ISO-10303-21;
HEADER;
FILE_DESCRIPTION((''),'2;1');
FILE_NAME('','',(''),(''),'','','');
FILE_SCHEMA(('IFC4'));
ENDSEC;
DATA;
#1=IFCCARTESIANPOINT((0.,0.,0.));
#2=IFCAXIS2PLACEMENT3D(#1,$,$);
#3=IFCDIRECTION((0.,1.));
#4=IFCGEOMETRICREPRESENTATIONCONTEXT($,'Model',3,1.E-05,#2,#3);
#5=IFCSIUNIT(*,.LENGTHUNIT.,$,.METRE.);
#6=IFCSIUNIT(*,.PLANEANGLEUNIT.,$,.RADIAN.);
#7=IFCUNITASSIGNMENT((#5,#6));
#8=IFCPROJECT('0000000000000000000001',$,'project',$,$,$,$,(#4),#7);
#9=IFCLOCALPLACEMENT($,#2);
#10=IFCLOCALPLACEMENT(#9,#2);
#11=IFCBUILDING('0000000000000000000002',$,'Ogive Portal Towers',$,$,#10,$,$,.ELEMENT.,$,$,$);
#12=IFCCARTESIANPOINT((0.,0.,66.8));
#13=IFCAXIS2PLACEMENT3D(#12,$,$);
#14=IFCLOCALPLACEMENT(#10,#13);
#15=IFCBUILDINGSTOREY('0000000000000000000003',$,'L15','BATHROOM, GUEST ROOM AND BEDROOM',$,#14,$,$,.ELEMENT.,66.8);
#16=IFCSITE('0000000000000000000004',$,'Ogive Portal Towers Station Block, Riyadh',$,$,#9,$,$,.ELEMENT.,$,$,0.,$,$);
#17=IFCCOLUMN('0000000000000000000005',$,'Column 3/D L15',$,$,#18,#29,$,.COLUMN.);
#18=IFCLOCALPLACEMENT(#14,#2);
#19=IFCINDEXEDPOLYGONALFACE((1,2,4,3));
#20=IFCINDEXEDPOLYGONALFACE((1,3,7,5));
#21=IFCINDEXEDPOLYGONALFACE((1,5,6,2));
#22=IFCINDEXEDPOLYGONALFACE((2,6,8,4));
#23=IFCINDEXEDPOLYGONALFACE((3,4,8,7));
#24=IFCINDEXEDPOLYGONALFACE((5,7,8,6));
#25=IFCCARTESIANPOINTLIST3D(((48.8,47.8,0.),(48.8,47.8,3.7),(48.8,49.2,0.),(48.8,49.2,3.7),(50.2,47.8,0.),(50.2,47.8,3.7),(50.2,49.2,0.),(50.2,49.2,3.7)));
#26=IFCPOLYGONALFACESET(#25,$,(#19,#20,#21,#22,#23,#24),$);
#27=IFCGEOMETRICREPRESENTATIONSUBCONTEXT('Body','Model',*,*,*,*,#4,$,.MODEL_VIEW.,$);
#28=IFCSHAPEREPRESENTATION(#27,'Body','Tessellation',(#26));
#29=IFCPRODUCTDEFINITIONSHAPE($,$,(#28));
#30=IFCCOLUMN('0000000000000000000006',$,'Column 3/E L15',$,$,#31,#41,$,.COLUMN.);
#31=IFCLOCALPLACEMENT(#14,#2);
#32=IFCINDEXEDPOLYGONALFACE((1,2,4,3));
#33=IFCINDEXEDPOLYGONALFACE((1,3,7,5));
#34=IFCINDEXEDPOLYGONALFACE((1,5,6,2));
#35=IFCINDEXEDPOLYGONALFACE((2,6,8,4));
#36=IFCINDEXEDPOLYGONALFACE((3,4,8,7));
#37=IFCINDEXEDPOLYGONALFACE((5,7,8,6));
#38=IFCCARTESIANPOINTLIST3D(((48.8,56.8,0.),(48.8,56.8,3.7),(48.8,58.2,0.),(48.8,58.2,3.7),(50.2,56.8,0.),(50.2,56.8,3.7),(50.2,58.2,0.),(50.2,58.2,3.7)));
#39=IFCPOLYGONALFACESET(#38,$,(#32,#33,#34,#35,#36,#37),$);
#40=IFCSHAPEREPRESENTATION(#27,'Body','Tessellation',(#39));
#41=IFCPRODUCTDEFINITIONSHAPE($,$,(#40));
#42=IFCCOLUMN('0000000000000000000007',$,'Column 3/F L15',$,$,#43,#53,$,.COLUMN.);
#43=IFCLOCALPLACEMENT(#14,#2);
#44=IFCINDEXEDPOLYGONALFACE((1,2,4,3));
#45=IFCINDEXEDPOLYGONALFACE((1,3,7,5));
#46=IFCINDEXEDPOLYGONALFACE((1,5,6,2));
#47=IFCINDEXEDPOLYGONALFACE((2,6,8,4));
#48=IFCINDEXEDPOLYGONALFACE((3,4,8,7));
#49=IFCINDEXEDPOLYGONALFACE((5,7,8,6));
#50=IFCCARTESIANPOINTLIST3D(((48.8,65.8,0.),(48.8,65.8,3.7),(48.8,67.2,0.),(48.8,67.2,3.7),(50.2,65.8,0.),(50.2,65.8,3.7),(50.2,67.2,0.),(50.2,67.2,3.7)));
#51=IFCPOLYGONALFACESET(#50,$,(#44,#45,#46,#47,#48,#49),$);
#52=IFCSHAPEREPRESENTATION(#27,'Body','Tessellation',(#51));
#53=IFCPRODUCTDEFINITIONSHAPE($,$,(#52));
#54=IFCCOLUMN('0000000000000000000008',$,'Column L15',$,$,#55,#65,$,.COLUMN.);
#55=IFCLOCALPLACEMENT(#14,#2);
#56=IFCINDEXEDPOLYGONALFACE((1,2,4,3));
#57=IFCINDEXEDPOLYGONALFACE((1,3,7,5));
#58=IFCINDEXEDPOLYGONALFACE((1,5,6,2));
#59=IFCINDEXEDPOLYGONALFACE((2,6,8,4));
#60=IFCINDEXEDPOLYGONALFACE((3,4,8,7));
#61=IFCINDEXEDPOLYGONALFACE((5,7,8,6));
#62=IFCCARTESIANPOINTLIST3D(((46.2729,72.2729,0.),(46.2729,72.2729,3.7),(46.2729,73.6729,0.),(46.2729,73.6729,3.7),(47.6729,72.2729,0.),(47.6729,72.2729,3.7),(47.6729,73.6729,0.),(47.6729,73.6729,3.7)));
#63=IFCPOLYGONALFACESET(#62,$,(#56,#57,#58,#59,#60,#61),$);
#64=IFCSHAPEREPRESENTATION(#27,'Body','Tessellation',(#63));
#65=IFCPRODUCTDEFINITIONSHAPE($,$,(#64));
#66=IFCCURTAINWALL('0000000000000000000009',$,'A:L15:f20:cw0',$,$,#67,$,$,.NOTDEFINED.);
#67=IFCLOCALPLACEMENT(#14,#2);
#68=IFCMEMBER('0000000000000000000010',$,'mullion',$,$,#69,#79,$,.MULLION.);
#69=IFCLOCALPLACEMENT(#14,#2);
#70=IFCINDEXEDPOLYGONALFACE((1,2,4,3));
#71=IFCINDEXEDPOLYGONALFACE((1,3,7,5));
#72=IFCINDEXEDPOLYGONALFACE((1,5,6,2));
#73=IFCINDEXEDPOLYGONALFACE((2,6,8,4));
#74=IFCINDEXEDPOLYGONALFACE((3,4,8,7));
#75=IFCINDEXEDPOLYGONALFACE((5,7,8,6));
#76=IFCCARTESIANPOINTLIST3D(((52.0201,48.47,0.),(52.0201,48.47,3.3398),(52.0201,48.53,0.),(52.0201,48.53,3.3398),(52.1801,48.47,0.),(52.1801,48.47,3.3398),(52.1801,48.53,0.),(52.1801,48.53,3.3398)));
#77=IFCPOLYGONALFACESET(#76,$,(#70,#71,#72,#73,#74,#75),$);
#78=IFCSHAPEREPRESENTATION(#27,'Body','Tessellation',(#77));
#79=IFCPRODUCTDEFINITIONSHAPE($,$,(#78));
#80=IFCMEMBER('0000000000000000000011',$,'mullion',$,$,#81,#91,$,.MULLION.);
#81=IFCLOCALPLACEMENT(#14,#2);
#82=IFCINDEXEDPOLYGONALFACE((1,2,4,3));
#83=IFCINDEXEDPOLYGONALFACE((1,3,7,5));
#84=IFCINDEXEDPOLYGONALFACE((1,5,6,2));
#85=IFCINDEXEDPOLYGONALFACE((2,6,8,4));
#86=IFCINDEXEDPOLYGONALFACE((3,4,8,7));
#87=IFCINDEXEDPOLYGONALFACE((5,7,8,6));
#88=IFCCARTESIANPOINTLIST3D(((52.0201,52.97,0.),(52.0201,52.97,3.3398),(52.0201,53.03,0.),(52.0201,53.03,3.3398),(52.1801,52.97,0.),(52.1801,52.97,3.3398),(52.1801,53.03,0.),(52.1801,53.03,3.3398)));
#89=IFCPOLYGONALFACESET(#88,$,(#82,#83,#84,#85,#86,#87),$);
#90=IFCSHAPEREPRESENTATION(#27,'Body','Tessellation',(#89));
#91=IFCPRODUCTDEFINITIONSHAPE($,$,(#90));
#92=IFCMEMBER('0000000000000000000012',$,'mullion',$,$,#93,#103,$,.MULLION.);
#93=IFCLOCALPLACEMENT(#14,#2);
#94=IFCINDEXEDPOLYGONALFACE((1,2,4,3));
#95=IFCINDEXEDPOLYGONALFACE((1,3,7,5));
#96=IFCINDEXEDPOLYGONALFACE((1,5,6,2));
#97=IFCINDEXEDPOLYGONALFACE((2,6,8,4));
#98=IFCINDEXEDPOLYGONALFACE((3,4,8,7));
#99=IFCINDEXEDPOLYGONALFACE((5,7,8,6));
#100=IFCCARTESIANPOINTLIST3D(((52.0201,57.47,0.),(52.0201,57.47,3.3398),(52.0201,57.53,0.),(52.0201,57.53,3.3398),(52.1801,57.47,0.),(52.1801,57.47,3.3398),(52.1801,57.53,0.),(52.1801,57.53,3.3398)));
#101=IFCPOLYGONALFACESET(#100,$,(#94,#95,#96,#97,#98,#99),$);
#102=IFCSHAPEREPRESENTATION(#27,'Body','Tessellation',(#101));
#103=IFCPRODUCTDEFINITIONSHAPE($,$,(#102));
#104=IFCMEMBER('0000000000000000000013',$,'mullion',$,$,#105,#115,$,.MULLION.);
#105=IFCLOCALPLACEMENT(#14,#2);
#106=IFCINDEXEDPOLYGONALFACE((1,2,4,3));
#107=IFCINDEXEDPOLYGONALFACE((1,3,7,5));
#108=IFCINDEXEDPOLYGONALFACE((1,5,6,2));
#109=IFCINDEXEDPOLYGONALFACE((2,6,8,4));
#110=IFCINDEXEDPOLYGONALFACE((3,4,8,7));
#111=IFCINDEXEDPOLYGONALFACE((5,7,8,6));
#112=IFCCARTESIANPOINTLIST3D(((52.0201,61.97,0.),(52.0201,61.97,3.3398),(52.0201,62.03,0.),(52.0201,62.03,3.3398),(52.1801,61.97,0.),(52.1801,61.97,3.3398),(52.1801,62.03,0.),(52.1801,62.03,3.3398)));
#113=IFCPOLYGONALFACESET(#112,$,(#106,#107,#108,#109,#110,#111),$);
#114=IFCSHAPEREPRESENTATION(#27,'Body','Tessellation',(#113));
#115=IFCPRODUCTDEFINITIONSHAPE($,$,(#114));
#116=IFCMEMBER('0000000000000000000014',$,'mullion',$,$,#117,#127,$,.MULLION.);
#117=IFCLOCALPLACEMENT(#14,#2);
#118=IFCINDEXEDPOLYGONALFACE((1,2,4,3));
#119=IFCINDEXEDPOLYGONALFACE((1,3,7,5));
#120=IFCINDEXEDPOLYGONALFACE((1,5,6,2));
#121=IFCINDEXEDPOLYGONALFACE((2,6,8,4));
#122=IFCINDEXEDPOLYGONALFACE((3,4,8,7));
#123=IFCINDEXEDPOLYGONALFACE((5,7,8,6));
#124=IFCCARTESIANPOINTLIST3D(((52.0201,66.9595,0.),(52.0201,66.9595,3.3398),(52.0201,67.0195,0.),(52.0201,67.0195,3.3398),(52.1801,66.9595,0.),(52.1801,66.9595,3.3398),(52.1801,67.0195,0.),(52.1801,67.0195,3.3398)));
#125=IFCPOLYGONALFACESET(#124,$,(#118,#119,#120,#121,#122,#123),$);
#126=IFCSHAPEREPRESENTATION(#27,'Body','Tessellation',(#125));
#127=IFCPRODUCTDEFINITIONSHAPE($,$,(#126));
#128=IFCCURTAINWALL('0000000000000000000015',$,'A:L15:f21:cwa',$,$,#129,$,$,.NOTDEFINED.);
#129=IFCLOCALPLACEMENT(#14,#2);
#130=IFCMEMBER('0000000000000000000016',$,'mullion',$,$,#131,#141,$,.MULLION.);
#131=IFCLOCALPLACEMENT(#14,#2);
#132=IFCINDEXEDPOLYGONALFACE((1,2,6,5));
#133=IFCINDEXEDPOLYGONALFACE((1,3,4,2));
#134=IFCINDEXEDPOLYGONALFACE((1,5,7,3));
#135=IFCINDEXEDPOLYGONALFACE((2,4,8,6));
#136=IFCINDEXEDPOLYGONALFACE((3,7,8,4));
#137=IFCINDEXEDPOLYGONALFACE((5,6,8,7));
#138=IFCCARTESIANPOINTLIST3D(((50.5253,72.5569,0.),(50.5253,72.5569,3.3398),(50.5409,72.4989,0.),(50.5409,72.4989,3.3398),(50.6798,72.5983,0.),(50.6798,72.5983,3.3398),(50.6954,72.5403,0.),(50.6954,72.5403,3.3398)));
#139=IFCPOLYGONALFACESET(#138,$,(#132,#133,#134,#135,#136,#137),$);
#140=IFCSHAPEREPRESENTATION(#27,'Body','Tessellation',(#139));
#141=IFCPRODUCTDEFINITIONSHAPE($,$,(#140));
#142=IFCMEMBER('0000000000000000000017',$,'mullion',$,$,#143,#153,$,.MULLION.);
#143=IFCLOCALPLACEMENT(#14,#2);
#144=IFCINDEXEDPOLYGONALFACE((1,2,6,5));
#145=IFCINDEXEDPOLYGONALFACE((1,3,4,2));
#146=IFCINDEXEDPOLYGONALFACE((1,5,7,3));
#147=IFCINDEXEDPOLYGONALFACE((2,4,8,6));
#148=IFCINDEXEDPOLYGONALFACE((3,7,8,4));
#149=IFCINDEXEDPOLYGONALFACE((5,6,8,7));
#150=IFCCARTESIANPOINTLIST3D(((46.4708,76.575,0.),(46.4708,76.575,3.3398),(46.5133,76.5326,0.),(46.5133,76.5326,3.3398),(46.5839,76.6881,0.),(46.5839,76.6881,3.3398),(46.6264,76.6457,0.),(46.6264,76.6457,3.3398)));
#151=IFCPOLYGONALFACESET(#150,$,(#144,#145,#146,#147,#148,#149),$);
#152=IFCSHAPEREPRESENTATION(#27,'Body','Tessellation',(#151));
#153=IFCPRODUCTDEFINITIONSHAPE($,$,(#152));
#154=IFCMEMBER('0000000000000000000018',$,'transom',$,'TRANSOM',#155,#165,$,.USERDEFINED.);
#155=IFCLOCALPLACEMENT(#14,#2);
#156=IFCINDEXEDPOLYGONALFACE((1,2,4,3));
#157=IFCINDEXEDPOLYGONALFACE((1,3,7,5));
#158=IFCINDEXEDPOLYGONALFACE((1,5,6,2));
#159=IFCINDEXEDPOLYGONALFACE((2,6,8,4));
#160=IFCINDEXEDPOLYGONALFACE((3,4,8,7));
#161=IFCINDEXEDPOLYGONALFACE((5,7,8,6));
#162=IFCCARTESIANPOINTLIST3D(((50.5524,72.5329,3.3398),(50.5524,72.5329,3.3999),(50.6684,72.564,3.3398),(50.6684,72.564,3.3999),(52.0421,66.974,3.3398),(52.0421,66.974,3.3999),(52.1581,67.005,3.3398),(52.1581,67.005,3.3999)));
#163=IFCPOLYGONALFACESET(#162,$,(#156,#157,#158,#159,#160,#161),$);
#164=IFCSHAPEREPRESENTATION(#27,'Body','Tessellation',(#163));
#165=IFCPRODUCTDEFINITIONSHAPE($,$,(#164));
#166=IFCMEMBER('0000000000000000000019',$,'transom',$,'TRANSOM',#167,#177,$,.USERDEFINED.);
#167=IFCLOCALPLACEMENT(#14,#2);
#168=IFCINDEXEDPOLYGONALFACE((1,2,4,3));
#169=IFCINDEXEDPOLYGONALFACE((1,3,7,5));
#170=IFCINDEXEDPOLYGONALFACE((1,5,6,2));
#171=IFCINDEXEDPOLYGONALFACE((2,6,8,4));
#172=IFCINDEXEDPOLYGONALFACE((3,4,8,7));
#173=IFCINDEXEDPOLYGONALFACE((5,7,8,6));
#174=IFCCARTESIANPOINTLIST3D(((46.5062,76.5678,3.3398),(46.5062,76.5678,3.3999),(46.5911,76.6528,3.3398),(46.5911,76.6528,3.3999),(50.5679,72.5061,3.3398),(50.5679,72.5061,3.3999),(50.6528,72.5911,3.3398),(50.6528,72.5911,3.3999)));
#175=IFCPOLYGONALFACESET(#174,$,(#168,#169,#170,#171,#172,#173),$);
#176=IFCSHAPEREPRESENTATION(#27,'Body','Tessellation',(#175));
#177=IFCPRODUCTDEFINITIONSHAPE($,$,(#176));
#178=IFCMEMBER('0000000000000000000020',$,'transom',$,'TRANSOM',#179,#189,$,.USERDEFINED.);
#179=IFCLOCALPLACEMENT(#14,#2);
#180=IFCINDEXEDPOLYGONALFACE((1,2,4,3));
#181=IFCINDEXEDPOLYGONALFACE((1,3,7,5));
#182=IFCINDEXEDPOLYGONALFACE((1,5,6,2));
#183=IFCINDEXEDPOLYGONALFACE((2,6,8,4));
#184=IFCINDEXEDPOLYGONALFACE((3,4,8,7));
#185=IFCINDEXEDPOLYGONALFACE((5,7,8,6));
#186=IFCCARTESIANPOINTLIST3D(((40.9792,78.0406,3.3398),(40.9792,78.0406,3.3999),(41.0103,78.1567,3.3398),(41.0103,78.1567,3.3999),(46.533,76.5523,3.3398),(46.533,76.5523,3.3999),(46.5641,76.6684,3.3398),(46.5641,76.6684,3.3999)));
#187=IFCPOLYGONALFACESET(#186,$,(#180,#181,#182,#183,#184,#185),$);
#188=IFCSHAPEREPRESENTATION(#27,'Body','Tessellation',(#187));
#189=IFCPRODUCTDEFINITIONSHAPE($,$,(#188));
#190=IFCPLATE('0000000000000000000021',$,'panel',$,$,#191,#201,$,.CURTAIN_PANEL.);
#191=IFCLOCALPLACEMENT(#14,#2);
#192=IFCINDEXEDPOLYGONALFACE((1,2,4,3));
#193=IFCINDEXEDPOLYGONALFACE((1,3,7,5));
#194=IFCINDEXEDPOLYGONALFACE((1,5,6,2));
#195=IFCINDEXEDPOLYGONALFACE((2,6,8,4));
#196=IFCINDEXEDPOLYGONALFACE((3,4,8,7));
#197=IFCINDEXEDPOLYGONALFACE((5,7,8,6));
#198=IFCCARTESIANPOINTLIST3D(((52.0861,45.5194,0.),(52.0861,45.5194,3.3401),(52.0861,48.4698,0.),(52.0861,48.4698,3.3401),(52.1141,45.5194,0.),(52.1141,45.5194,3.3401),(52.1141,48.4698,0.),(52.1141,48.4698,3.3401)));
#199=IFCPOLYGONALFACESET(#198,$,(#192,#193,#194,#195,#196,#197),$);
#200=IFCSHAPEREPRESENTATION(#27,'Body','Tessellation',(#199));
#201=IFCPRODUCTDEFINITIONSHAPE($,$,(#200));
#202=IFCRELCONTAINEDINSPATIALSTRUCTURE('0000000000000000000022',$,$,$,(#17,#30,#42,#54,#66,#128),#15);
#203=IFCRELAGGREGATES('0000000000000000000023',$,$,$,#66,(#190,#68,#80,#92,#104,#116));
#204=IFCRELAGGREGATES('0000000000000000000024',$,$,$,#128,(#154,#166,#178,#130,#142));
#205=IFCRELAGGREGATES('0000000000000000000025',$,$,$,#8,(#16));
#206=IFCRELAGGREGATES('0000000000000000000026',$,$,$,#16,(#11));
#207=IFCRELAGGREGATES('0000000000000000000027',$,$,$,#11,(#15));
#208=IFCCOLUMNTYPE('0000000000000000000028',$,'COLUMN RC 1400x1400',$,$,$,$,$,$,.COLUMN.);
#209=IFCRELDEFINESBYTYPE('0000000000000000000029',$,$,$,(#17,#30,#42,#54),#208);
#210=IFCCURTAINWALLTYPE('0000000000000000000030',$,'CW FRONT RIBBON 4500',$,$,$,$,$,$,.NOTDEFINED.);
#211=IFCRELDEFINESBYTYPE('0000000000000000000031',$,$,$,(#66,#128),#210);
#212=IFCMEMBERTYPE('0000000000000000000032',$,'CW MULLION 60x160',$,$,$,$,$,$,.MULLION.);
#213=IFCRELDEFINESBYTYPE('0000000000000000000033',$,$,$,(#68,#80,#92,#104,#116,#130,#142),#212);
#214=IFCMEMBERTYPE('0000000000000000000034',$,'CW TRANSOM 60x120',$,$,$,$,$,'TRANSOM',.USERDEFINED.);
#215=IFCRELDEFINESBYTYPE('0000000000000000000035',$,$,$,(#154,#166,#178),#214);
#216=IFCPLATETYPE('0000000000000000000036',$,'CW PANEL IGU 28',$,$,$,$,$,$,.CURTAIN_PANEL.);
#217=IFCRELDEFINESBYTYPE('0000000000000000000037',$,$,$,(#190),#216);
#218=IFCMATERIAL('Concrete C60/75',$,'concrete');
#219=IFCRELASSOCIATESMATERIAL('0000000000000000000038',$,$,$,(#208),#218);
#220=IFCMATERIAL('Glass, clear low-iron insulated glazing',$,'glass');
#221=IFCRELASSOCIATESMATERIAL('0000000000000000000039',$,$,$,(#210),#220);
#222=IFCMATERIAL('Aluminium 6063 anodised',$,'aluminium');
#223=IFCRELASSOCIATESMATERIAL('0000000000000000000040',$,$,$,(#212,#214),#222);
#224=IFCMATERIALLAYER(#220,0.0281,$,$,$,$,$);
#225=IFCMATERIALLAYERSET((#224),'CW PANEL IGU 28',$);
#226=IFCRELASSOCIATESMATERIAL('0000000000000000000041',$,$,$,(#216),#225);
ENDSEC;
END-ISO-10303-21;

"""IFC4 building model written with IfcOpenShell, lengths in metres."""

from ifc_helpers import new_model, si_unit, direction, frame, origin, origin_2d, place, context, subcontext, project, spatial, rectangle, extrude, material, layer, layer_set, material_profile, profile_set, type_object, element, aggregate, save


model = new_model("IFC4")

# Units and contexts
model_context = context("Model", 3, precision=1e-05, world=origin(), true_north=direction((0.0, 1.0)))
body_context = subcontext(model_context, "Body", "Model", "MODEL_VIEW")
ifc_project = project(units=[si_unit("LENGTHUNIT", "METRE"), si_unit("PLANEANGLEUNIT", "RADIAN")], contexts=[model_context])

# Site, building, storey
site_placement = place(None, origin())
site = spatial("IfcSite", under=ifc_project, at=site_placement, Name="Ogive Portal Towers Station Block, Riyadh", CompositionType="ELEMENT", RefElevation=0.0)
building_placement = place(site_placement, origin())
building = spatial("IfcBuilding", under=site, at=building_placement, Name="Ogive Portal Towers", CompositionType="ELEMENT")
storey_placement = place(building_placement, frame((0.0, 0.0, 66.8)))
storey = spatial("IfcBuildingStorey", under=building, at=storey_placement, Name="L15", Description="BATHROOM, GUEST ROOM AND BEDROOM", CompositionType="ELEMENT", Elevation=66.8)

# Columns
ifc_material_1 = material(Name="Concrete C60/75", Category="concrete")
ifc_material_profile_1 = material_profile(ifc_material_1, rectangle(XDim=1.3999, YDim=1.3999, at=origin_2d()), Name="RC 1400x1400")
ifc_profile_set_1 = profile_set([ifc_material_profile_1], Name="Concrete C60/75")
column_type = type_object("IfcColumnType", Name="COLUMN RC 1400x1400", PredefinedType="COLUMN", material=ifc_profile_set_1)
for number, where, z_axis, x_axis, name in (
    (1, (49.5, 48.5, 0.0), (0.0, 0.0, 1.0), (1.0, 0.0, 0.0), "Column 3/D L15"),
    (2, (49.5, 57.5, 0.0), (0.0, 0.0, 1.0), (1.0, 0.0, 0.0), "Column 3/E L15"),
    (3, (49.5, 66.5, 0.0), (0.0, 0.0, 1.0), (1.0, 0.0, 0.0), "Column 3/F L15"),
    (4, (46.9729, 72.9729, 0.0), (0.0, 0.0, 1.0), (1.0, 0.0, 0.0), "Column L15"),
):
    element("IfcColumn", number, at=place(storey_placement, frame(where, z_axis=z_axis, x_axis=x_axis)), inside=storey, type_object=column_type, Name=name, PredefinedType="COLUMN", context=body_context, shape_type="SweptSolid", body=[
        extrude(rectangle(XDim=1.3999, YDim=1.3999, at=origin_2d()), origin(), (0.0, 0.0, 1.0), 3.7),
    ])

# Curtain walls, members
ifc_material_2 = material(Name="Glass, clear low-iron insulated glazing", Category="glass")
curtain_wall_type = type_object("IfcCurtainWallType", Name="CW FRONT RIBBON 4500", PredefinedType="NOTDEFINED", material=ifc_material_2)
curtain_wall_1_placement = place(storey_placement, origin())
curtain_wall_1 = element("IfcCurtainWall", 5, at=curtain_wall_1_placement, inside=storey, type_object=curtain_wall_type, Name="A:L15:f20:cw0", PredefinedType="NOTDEFINED")
ifc_material_3 = material(Name="Aluminium 6063 anodised", Category="aluminium")
ifc_material_profile_2 = material_profile(ifc_material_3, rectangle(XDim=0.1599, YDim=0.0601, at=origin_2d()), Name="AL 60x160")
ifc_profile_set_2 = profile_set([ifc_material_profile_2], Name="Aluminium 6063 anodised")
member_type_1 = type_object("IfcMemberType", Name="CW MULLION 60x160", PredefinedType="MULLION", material=ifc_profile_set_2)
member_1_placement = place(storey_placement, frame((52.1001, 48.5, 0.0), z_axis=(0.0, 0.0, 1.0), x_axis=(-1.0, 0.0, 0.0)))
member_1 = element("IfcMember", 6, at=member_1_placement, type_object=member_type_1, Name="mullion", PredefinedType="MULLION", context=body_context, shape_type="SweptSolid", body=[
    extrude(rectangle(XDim=0.1599, YDim=0.0601, at=origin_2d()), origin(), (0.0, 0.0, 1.0), 3.3398),
])
member_2_placement = place(storey_placement, frame((52.1001, 53.0, 0.0), z_axis=(0.0, 0.0, 1.0), x_axis=(-1.0, 0.0, 0.0)))
member_2 = element("IfcMember", 7, at=member_2_placement, type_object=member_type_1, Name="mullion", PredefinedType="MULLION", context=body_context, shape_type="SweptSolid", body=[
    extrude(rectangle(XDim=0.1599, YDim=0.0601, at=origin_2d()), origin(), (0.0, 0.0, 1.0), 3.3398),
])
member_3_placement = place(storey_placement, frame((52.1001, 57.5, 0.0), z_axis=(0.0, 0.0, 1.0), x_axis=(-1.0, 0.0, 0.0)))
member_3 = element("IfcMember", 8, at=member_3_placement, type_object=member_type_1, Name="mullion", PredefinedType="MULLION", context=body_context, shape_type="SweptSolid", body=[
    extrude(rectangle(XDim=0.1599, YDim=0.0601, at=origin_2d()), origin(), (0.0, 0.0, 1.0), 3.3398),
])
member_4_placement = place(storey_placement, frame((52.1001, 62.0, 0.0), z_axis=(0.0, 0.0, 1.0), x_axis=(-1.0, 0.0, 0.0)))
member_4 = element("IfcMember", 9, at=member_4_placement, type_object=member_type_1, Name="mullion", PredefinedType="MULLION", context=body_context, shape_type="SweptSolid", body=[
    extrude(rectangle(XDim=0.1599, YDim=0.0601, at=origin_2d()), origin(), (0.0, 0.0, 1.0), 3.3398),
])
member_5_placement = place(storey_placement, frame((52.1001, 66.9895, 0.0), z_axis=(0.0, 0.0, 1.0), x_axis=(-1.0, 0.0, 0.0)))
member_5 = element("IfcMember", 10, at=member_5_placement, type_object=member_type_1, Name="mullion", PredefinedType="MULLION", context=body_context, shape_type="SweptSolid", body=[
    extrude(rectangle(XDim=0.1599, YDim=0.0601, at=origin_2d()), origin(), (0.0, 0.0, 1.0), 3.3398),
])
curtain_wall_2_placement = place(storey_placement, origin())
curtain_wall_2 = element("IfcCurtainWall", 11, at=curtain_wall_2_placement, inside=storey, type_object=curtain_wall_type, Name="A:L15:f21:cwa", PredefinedType="NOTDEFINED")
member_6_placement = place(storey_placement, frame((50.6104, 72.5486, 0.0), z_axis=(0.0, 0.0, 1.0), x_axis=(-0.965926, -0.258819, 0.0)))
member_6 = element("IfcMember", 12, at=member_6_placement, type_object=member_type_1, Name="mullion", PredefinedType="MULLION", context=body_context, shape_type="SweptSolid", body=[
    extrude(rectangle(XDim=0.1599, YDim=0.0601, at=origin_2d()), origin(), (0.0, 0.0, 1.0), 3.3398),
])
member_7_placement = place(storey_placement, frame((46.5486, 76.6104, 0.0), z_axis=(0.0, 0.0, 1.0), x_axis=(-0.707107, -0.707107, 0.0)))
member_7 = element("IfcMember", 13, at=member_7_placement, type_object=member_type_1, Name="mullion", PredefinedType="MULLION", context=body_context, shape_type="SweptSolid", body=[
    extrude(rectangle(XDim=0.1599, YDim=0.0601, at=origin_2d()), origin(), (0.0, 0.0, 1.0), 3.3398),
])
ifc_material_profile_3 = material_profile(ifc_material_3, rectangle(XDim=0.1201, YDim=0.0601, at=origin_2d()), Name="AL 120x60")
ifc_profile_set_3 = profile_set([ifc_material_profile_3], Name="Aluminium 6063 anodised")
member_type_2 = type_object("IfcMemberType", Name="CW TRANSOM 60x120", ElementType="TRANSOM", PredefinedType="USERDEFINED", material=ifc_profile_set_3)
member_8_placement = place(storey_placement, frame((52.1001, 66.9895, 3.3699), z_axis=(-0.258851, 0.965917, 0.0), x_axis=(-0.965917, -0.258851, 0.0)))
member_8 = element("IfcMember", 14, at=member_8_placement, type_object=member_type_2, Name="transom", ObjectType="TRANSOM", PredefinedType="USERDEFINED", context=body_context, shape_type="SweptSolid", body=[
    extrude(rectangle(XDim=0.1201, YDim=0.0601, at=origin_2d()), origin(), (0.0, 0.0, 1.0), 5.7551),
])
member_9_placement = place(storey_placement, frame((50.6104, 72.5486, 3.3699), z_axis=(-0.707107, 0.707107, 0.0), x_axis=(-0.707107, -0.707107, 0.0)))
member_9 = element("IfcMember", 15, at=member_9_placement, type_object=member_type_2, Name="transom", ObjectType="TRANSOM", PredefinedType="USERDEFINED", context=body_context, shape_type="SweptSolid", body=[
    extrude(rectangle(XDim=0.1201, YDim=0.0601, at=origin_2d()), origin(), (0.0, 0.0, 1.0), 5.7441),
])
member_10_placement = place(storey_placement, frame((46.5486, 76.6104, 3.3699), z_axis=(-0.965918, 0.258846, 0.0), x_axis=(-0.258846, -0.965918, 0.0)))
member_10 = element("IfcMember", 16, at=member_10_placement, type_object=member_type_2, Name="transom", ObjectType="TRANSOM", PredefinedType="USERDEFINED", context=body_context, shape_type="SweptSolid", body=[
    extrude(rectangle(XDim=0.1201, YDim=0.0601, at=origin_2d()), origin(), (0.0, 0.0, 1.0), 5.7498),
])

# Plate
ifc_layer_1 = layer(ifc_material_2, 0.0281)
ifc_layer_set_1 = layer_set([ifc_layer_1], Name="CW PANEL IGU 28")
plate_type = type_object("IfcPlateType", Name="CW PANEL IGU 28", PredefinedType="CURTAIN_PANEL", material=ifc_layer_set_1)
plate_1_placement = place(storey_placement, frame((52.1001, 46.9946, 0.0), z_axis=(0.0, 0.0, 1.0), x_axis=(0.0, 1.0, 0.0)))
plate_1 = element("IfcPlate", 17, at=plate_1_placement, type_object=plate_type, Name="panel", PredefinedType="CURTAIN_PANEL", context=body_context, shape_type="SweptSolid", body=[
    extrude(rectangle(XDim=2.9504, YDim=0.0281, at=origin_2d()), origin(), (0.0, 0.0, 1.0), 3.3401),
])
aggregate(curtain_wall_1, [plate_1, member_1, member_2, member_3, member_4, member_5])
aggregate(curtain_wall_2, [member_8, member_9, member_10, member_6, member_7])

save(model, "model.ifc")
